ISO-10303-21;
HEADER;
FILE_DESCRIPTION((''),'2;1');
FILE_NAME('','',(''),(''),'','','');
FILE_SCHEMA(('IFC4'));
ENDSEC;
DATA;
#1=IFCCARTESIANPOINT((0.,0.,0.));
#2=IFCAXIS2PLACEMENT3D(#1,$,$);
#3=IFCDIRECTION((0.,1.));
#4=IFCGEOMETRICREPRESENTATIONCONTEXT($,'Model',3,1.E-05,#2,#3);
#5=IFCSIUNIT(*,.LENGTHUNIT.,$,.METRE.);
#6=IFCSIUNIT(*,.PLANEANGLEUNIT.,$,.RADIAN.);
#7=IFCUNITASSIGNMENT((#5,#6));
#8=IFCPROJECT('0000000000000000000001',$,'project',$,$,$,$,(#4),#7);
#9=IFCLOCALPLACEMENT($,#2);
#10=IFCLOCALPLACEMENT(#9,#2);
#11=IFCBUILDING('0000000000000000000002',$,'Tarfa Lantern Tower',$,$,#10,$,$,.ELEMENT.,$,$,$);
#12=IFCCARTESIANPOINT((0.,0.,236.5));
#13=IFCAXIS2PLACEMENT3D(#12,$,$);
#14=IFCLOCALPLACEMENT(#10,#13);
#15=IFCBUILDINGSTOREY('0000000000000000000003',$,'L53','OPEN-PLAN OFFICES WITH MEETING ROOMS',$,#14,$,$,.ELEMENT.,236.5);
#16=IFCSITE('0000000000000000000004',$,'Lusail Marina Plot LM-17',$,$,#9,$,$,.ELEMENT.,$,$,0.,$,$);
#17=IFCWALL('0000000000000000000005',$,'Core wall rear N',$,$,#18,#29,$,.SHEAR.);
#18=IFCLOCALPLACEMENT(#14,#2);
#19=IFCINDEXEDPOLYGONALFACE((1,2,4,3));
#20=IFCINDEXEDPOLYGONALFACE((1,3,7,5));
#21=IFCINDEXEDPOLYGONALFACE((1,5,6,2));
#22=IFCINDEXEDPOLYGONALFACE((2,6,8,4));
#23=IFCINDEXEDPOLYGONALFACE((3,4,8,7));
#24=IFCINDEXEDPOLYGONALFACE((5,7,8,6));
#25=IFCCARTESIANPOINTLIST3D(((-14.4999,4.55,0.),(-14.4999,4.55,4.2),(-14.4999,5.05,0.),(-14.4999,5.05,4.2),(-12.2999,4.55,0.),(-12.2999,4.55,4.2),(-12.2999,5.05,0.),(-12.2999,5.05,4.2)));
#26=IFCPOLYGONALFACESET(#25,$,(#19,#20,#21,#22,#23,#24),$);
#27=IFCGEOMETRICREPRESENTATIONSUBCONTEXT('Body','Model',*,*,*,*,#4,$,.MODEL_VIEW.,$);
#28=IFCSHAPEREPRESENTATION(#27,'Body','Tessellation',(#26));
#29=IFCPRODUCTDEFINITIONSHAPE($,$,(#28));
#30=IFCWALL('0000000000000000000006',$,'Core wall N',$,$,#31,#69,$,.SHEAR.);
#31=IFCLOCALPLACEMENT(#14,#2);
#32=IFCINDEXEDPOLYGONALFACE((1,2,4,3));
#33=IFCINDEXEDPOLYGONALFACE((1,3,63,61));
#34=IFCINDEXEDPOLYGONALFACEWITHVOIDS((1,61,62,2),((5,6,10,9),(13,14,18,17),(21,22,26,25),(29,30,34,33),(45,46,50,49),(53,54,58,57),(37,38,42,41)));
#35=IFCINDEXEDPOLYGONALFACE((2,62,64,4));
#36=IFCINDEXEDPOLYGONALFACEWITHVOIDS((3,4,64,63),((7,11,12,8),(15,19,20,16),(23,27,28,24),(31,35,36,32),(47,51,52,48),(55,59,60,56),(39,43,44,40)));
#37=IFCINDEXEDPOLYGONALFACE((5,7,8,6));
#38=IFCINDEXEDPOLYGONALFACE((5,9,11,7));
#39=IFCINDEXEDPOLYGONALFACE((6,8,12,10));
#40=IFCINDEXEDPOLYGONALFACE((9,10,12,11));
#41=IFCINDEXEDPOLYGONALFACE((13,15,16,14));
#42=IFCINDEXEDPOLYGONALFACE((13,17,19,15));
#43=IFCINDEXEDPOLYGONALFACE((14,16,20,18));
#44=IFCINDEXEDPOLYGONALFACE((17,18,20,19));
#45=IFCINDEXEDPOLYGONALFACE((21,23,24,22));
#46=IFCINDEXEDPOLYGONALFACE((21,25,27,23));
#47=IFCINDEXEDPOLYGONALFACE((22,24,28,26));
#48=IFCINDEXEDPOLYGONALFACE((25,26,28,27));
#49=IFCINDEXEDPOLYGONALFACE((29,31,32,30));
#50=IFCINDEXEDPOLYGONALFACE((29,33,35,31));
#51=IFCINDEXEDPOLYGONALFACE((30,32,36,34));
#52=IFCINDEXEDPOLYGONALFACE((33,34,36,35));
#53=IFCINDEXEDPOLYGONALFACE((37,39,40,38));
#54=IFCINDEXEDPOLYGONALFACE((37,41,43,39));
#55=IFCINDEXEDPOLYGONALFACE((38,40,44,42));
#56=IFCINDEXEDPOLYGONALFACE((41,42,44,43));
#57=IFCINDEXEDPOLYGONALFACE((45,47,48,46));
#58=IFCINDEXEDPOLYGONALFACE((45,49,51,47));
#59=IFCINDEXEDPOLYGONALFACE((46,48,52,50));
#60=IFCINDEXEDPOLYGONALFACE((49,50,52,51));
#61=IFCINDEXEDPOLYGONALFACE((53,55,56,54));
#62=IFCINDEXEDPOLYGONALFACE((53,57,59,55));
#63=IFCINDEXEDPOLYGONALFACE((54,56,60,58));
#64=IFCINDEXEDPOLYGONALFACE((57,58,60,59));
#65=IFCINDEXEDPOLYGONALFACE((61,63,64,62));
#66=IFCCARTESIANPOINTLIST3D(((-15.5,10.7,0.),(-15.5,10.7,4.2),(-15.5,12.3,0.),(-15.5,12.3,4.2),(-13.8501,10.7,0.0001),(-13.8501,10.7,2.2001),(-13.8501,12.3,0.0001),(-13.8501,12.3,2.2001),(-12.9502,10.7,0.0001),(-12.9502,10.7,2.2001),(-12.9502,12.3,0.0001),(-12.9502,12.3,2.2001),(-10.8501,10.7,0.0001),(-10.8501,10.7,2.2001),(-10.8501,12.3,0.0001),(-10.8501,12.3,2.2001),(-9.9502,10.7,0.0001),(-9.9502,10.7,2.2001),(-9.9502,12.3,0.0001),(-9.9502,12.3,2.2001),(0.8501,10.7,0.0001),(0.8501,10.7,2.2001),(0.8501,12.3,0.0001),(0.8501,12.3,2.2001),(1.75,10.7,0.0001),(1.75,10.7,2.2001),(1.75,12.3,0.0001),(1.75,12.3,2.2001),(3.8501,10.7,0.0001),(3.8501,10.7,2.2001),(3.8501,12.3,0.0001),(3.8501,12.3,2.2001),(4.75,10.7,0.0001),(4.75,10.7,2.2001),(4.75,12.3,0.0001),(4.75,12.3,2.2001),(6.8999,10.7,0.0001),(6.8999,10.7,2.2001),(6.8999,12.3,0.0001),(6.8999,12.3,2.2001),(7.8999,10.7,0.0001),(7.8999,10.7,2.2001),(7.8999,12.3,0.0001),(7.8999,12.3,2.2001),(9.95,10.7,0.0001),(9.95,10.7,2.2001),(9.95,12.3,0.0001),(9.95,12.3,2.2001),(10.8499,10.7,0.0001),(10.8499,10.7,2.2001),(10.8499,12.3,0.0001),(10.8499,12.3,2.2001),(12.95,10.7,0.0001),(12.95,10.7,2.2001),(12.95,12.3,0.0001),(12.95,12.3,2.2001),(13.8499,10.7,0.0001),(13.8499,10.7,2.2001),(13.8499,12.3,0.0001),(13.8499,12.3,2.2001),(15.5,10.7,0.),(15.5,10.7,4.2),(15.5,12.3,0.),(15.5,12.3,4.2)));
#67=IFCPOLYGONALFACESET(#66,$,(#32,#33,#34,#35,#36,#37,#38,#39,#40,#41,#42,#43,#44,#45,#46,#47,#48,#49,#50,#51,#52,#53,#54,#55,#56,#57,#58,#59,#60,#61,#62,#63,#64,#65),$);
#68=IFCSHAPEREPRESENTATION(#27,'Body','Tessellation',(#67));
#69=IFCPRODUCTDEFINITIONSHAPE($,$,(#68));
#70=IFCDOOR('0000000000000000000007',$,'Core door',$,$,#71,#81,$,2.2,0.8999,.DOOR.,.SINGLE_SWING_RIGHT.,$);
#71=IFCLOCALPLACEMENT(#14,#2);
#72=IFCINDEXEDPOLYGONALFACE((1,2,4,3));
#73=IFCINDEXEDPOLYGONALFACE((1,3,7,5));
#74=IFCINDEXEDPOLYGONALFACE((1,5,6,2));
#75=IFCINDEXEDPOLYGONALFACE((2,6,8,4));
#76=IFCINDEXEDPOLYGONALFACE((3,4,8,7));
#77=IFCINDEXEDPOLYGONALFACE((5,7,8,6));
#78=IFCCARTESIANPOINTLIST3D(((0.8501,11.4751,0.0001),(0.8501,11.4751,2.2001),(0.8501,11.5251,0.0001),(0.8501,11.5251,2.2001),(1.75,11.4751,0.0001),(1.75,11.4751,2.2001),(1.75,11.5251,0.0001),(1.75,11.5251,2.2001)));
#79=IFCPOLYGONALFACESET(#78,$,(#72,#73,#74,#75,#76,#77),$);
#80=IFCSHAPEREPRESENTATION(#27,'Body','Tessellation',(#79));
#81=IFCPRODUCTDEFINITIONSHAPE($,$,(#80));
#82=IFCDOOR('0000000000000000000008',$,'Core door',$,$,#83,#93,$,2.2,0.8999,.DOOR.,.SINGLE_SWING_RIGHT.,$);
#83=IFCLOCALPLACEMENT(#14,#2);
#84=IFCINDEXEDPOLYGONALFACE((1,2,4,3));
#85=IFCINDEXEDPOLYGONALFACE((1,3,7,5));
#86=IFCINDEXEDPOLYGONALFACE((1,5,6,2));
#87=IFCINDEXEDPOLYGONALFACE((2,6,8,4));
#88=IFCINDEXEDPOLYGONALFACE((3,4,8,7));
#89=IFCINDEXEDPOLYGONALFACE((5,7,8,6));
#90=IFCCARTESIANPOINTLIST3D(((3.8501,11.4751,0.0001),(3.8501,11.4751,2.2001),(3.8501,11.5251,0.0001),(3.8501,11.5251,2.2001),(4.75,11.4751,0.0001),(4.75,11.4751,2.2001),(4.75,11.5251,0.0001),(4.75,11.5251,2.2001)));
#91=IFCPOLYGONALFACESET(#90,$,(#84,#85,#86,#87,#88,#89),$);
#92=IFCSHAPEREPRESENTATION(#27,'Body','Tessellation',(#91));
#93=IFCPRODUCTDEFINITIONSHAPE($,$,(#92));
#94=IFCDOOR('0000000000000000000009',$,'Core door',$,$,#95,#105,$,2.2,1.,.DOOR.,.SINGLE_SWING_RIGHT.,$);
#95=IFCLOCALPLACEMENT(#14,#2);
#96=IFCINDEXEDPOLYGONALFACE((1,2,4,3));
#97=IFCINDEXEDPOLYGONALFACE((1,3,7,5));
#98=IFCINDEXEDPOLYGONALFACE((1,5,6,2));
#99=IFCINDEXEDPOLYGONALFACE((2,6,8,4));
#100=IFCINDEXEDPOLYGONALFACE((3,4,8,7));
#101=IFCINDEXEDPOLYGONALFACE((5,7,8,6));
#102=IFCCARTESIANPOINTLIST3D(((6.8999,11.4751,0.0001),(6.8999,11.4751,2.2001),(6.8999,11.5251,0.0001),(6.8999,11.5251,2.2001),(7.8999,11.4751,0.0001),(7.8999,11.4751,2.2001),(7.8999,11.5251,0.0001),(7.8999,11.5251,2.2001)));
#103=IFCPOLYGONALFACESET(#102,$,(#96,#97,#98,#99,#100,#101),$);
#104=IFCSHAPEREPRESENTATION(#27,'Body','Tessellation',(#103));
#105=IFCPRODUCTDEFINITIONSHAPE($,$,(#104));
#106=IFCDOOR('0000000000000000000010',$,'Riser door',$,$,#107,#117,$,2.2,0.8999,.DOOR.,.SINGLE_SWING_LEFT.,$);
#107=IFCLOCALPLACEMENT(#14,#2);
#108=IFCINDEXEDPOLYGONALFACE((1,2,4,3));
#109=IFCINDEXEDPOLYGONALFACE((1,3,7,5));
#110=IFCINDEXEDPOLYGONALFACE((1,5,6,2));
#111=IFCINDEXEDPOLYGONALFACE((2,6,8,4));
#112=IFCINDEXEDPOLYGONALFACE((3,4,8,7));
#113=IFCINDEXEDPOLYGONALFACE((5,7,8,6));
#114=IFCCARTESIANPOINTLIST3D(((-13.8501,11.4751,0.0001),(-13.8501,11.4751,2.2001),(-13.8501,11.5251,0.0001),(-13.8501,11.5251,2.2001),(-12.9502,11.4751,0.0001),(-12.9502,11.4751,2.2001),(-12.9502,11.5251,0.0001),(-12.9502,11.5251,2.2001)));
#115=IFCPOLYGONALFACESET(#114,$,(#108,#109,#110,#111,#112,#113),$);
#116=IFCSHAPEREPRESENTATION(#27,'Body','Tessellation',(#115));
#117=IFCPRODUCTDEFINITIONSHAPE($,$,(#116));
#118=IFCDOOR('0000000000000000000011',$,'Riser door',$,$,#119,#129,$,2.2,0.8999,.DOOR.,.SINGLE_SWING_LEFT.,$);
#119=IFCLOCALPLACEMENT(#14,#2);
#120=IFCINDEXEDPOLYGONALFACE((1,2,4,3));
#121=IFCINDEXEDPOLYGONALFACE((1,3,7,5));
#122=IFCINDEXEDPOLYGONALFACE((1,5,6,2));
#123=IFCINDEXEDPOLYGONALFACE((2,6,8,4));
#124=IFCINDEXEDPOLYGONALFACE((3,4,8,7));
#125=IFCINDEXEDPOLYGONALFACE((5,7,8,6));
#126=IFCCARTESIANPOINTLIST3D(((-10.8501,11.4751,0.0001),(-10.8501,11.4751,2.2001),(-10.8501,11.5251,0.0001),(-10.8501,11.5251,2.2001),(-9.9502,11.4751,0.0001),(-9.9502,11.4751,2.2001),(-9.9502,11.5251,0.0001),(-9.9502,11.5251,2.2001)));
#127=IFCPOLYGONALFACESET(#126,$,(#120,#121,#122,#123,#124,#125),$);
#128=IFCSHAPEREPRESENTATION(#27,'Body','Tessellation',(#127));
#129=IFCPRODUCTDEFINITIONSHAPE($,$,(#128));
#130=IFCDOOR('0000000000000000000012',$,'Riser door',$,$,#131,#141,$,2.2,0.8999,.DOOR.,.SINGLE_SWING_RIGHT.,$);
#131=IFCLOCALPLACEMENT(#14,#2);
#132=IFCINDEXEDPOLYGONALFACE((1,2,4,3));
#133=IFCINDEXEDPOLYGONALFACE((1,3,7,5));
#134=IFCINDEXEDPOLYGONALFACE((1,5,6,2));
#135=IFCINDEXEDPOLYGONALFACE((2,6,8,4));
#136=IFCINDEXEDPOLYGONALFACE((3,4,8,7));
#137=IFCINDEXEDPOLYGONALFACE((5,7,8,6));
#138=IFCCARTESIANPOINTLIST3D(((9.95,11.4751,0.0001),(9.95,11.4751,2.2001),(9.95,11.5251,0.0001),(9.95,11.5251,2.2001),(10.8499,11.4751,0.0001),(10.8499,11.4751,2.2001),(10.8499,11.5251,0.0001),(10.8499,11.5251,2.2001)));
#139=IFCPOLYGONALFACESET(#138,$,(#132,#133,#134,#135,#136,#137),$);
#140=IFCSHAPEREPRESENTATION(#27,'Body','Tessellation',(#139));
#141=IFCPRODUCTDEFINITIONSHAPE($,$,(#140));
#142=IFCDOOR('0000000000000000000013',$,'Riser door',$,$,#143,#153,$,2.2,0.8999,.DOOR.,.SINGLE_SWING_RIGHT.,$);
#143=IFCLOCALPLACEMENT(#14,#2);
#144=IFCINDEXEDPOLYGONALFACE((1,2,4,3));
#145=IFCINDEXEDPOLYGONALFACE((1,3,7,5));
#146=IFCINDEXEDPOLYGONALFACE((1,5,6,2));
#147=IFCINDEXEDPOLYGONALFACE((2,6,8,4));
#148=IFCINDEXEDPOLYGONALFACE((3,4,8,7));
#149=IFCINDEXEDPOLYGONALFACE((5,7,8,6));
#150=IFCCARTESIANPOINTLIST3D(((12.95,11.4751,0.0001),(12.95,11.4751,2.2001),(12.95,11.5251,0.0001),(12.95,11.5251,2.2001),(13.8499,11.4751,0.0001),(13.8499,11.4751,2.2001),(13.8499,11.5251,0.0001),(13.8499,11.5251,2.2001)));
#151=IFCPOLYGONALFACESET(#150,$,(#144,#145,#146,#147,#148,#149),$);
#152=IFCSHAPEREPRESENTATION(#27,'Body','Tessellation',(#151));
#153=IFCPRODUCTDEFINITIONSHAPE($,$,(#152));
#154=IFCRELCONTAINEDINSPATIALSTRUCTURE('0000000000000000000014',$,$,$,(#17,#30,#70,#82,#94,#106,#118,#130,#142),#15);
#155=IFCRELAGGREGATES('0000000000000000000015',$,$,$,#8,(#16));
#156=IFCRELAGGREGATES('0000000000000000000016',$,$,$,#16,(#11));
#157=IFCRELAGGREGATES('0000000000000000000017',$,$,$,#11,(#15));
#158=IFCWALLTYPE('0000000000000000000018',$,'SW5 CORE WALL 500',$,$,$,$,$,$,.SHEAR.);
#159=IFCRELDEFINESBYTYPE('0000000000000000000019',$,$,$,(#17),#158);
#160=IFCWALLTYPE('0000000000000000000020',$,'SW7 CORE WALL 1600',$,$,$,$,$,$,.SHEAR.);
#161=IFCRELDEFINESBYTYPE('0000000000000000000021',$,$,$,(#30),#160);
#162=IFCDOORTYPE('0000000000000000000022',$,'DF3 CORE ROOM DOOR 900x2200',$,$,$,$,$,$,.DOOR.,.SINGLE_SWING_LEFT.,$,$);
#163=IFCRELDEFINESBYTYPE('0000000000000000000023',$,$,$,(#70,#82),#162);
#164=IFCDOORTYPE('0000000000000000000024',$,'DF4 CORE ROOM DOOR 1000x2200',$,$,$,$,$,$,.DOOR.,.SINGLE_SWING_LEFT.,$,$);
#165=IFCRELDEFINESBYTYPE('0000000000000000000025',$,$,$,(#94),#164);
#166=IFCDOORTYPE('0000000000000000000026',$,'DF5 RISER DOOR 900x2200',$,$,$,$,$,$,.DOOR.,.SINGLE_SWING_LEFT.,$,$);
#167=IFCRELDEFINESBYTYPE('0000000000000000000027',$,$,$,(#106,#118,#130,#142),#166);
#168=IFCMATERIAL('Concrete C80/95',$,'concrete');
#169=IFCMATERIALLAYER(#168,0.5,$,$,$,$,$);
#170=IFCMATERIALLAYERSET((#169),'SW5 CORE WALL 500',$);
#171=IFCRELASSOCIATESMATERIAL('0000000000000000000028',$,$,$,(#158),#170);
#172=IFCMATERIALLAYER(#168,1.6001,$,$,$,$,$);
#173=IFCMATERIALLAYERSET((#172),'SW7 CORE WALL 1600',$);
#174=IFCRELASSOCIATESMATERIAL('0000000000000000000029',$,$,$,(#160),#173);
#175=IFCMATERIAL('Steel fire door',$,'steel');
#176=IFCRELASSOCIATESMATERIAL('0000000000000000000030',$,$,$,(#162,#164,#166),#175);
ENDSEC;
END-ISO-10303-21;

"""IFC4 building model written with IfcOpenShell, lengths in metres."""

from ifc_helpers import new_model, si_unit, direction, frame, frame_2d, origin, place, context, subcontext, project, spatial, rectangle, extrude, material, layer, layer_set, type_object, element, fill, save


model = new_model("IFC4")

# Units and contexts
model_context = context("Model", 3, precision=1e-05, world=origin(), true_north=direction((0.0, 1.0)))
body_context = subcontext(model_context, "Body", "Model", "MODEL_VIEW")
ifc_project = project(units=[si_unit("LENGTHUNIT", "METRE"), si_unit("PLANEANGLEUNIT", "RADIAN")], contexts=[model_context])

# Site, building, storey
site_placement = place(None, origin())
site = spatial("IfcSite", under=ifc_project, at=site_placement, Name="Lusail Marina Plot LM-17", CompositionType="ELEMENT", RefElevation=0.0)
building_placement = place(site_placement, origin())
building = spatial("IfcBuilding", under=site, at=building_placement, Name="Tarfa Lantern Tower", CompositionType="ELEMENT")
storey_placement = place(building_placement, frame((0.0, 0.0, 236.5)))
storey = spatial("IfcBuildingStorey", under=building, at=storey_placement, Name="L53", Description="OPEN-PLAN OFFICES WITH MEETING ROOMS", CompositionType="ELEMENT", Elevation=236.5)

# Shared definitions
ifc_material_1 = material(Name="Concrete C80/95", Category="concrete")
ifc_material_2 = material(Name="Steel fire door", Category="steel")

# Wall
ifc_layer_1 = layer(ifc_material_1, 0.5)
ifc_layer_set_1 = layer_set([ifc_layer_1], Name="SW5 CORE WALL 500")
wall_type_1 = type_object("IfcWallType", Name="SW5 CORE WALL 500", PredefinedType="SHEAR", material=ifc_layer_set_1)
wall_1_placement = place(storey_placement, frame((-14.5, 4.8, 0.0), z_axis=(0.0, 0.0, 1.0), x_axis=(1.0, 0.0, 0.0)))
element("IfcWall", 1, at=wall_1_placement, inside=storey, type_object=wall_type_1, Name="Core wall rear N", PredefinedType="SHEAR", context=body_context, shape_type="SweptSolid", body=[
    extrude(rectangle(XDim=2.2, YDim=0.5, at=frame_2d((1.1001, 0.0))), origin(), (0.0, 0.0, 1.0), 4.2),
])

# Wall, openings, doors
ifc_layer_2 = layer(ifc_material_1, 1.6001)
ifc_layer_set_2 = layer_set([ifc_layer_2], Name="SW7 CORE WALL 1600")
wall_type_2 = type_object("IfcWallType", Name="SW7 CORE WALL 1600", PredefinedType="SHEAR", material=ifc_layer_set_2)
wall_2_placement = place(storey_placement, frame((-15.5, 11.5, 0.0), z_axis=(0.0, 0.0, 1.0), x_axis=(1.0, 0.0, 0.0)))
wall_2 = element("IfcWall", 2, at=wall_2_placement, inside=storey, type_object=wall_type_2, Name="Core wall N", PredefinedType="SHEAR", context=body_context, shape_type="SweptSolid", body=[
    extrude(rectangle(XDim=31.0, YDim=1.6001, at=frame_2d((15.5, 0.0))), origin(), (0.0, 0.0, 1.0), 4.2),
])
opening_1_placement = place(wall_2_placement, frame((16.3501, 0.0, 0.0)))
opening_1 = element("IfcOpeningElement", 3, at=opening_1_placement, cuts=wall_2, PredefinedType="OPENING", context=body_context, shape_type="SweptSolid", body=[
    extrude(rectangle(XDim=0.8999, YDim=2.2, at=frame_2d((0.45, 1.1001))), frame((0.0, 0.8101, 0.0), z_axis=(0.0, -1.0, 0.0), x_axis=(1.0, 0.0, 0.0)), (0.0, 0.0, 1.0), 1.6201),
])
opening_2_placement = place(wall_2_placement, frame((19.3501, 0.0, 0.0)))
opening_2 = element("IfcOpeningElement", 4, at=opening_2_placement, cuts=wall_2, PredefinedType="OPENING", context=body_context, shape_type="SweptSolid", body=[
    extrude(rectangle(XDim=0.8999, YDim=2.2, at=frame_2d((0.45, 1.1001))), frame((0.0, 0.8101, 0.0), z_axis=(0.0, -1.0, 0.0), x_axis=(1.0, 0.0, 0.0)), (0.0, 0.0, 1.0), 1.6201),
])
opening_3_placement = place(wall_2_placement, frame((22.3999, 0.0, 0.0)))
opening_3 = element("IfcOpeningElement", 5, at=opening_3_placement, cuts=wall_2, PredefinedType="OPENING", context=body_context, shape_type="SweptSolid", body=[
    extrude(rectangle(XDim=1.0, YDim=2.2, at=frame_2d((0.5, 1.1001))), frame((0.0, 0.8101, 0.0), z_axis=(0.0, -1.0, 0.0), x_axis=(1.0, 0.0, 0.0)), (0.0, 0.0, 1.0), 1.6201),
])
opening_4_placement = place(wall_2_placement, frame((1.6499, 0.0, 0.0)))
opening_4 = element("IfcOpeningElement", 6, at=opening_4_placement, cuts=wall_2, PredefinedType="OPENING", context=body_context, shape_type="SweptSolid", body=[
    extrude(rectangle(XDim=0.8999, YDim=2.2, at=frame_2d((0.45, 1.1001))), frame((0.0, 0.8101, 0.0), z_axis=(0.0, -1.0, 0.0), x_axis=(1.0, 0.0, 0.0)), (0.0, 0.0, 1.0), 1.6201),
])
opening_5_placement = place(wall_2_placement, frame((4.6499, 0.0, 0.0)))
opening_5 = element("IfcOpeningElement", 7, at=opening_5_placement, cuts=wall_2, PredefinedType="OPENING", context=body_context, shape_type="SweptSolid", body=[
    extrude(rectangle(XDim=0.8999, YDim=2.2, at=frame_2d((0.45, 1.1001))), frame((0.0, 0.8101, 0.0), z_axis=(0.0, -1.0, 0.0), x_axis=(1.0, 0.0, 0.0)), (0.0, 0.0, 1.0), 1.6201),
])
opening_6_placement = place(wall_2_placement, frame((25.45, 0.0, 0.0)))
opening_6 = element("IfcOpeningElement", 8, at=opening_6_placement, cuts=wall_2, PredefinedType="OPENING", context=body_context, shape_type="SweptSolid", body=[
    extrude(rectangle(XDim=0.8999, YDim=2.2, at=frame_2d((0.45, 1.1001))), frame((0.0, 0.8101, 0.0), z_axis=(0.0, -1.0, 0.0), x_axis=(1.0, 0.0, 0.0)), (0.0, 0.0, 1.0), 1.6201),
])
opening_7_placement = place(wall_2_placement, frame((28.45, 0.0, 0.0)))
opening_7 = element("IfcOpeningElement", 9, at=opening_7_placement, cuts=wall_2, PredefinedType="OPENING", context=body_context, shape_type="SweptSolid", body=[
    extrude(rectangle(XDim=0.8999, YDim=2.2, at=frame_2d((0.45, 1.1001))), frame((0.0, 0.8101, 0.0), z_axis=(0.0, -1.0, 0.0), x_axis=(1.0, 0.0, 0.0)), (0.0, 0.0, 1.0), 1.6201),
])
door_type_1 = type_object("IfcDoorType", Name="DF3 CORE ROOM DOOR 900x2200", OperationType="SINGLE_SWING_LEFT", PredefinedType="DOOR", material=ifc_material_2)
door_1_placement = place(opening_1_placement, frame((0.8999, 0.0, 0.0), z_axis=(0.0, 0.0, 1.0), x_axis=(-1.0, 0.0, 0.0)))
door_1 = element("IfcDoor", 10, at=door_1_placement, inside=storey, type_object=door_type_1, Name="Core door", OperationType="SINGLE_SWING_RIGHT", OverallHeight=2.2, OverallWidth=0.8999, PredefinedType="DOOR", context=body_context, shape_type="SweptSolid", body=[
    extrude(rectangle(XDim=0.8999, YDim=2.2, at=frame_2d((0.45, 1.1001))), frame((0.0, 0.0249, 0.0), z_axis=(0.0, -1.0, 0.0), x_axis=(1.0, 0.0, 0.0)), (0.0, 0.0, 1.0), 0.05),
])
fill(opening_1, door_1)
door_2_placement = place(opening_2_placement, frame((0.8999, 0.0, 0.0), z_axis=(0.0, 0.0, 1.0), x_axis=(-1.0, 0.0, 0.0)))
door_2 = element("IfcDoor", 11, at=door_2_placement, inside=storey, type_object=door_type_1, Name="Core door", OperationType="SINGLE_SWING_RIGHT", OverallHeight=2.2, OverallWidth=0.8999, PredefinedType="DOOR", context=body_context, shape_type="SweptSolid", body=[
    extrude(rectangle(XDim=0.8999, YDim=2.2, at=frame_2d((0.45, 1.1001))), frame((0.0, 0.0249, 0.0), z_axis=(0.0, -1.0, 0.0), x_axis=(1.0, 0.0, 0.0)), (0.0, 0.0, 1.0), 0.05),
])
fill(opening_2, door_2)
door_type_2 = type_object("IfcDoorType", Name="DF4 CORE ROOM DOOR 1000x2200", OperationType="SINGLE_SWING_LEFT", PredefinedType="DOOR", material=ifc_material_2)
door_3_placement = place(opening_3_placement, frame((1.0, 0.0, 0.0), z_axis=(0.0, 0.0, 1.0), x_axis=(-1.0, 0.0, 0.0)))
door_3 = element("IfcDoor", 12, at=door_3_placement, inside=storey, type_object=door_type_2, Name="Core door", OperationType="SINGLE_SWING_RIGHT", OverallHeight=2.2, OverallWidth=1.0, PredefinedType="DOOR", context=body_context, shape_type="SweptSolid", body=[
    extrude(rectangle(XDim=1.0, YDim=2.2, at=frame_2d((0.5, 1.1001))), frame((0.0, 0.0249, 0.0), z_axis=(0.0, -1.0, 0.0), x_axis=(1.0, 0.0, 0.0)), (0.0, 0.0, 1.0), 0.05),
])
fill(opening_3, door_3)
door_type_3 = type_object("IfcDoorType", Name="DF5 RISER DOOR 900x2200", OperationType="SINGLE_SWING_LEFT", PredefinedType="DOOR", material=ifc_material_2)
door_4_placement = place(opening_4_placement, frame((0.8999, 0.0, 0.0), z_axis=(0.0, 0.0, 1.0), x_axis=(-1.0, 0.0, 0.0)))
door_4 = element("IfcDoor", 13, at=door_4_placement, inside=storey, type_object=door_type_3, Name="Riser door", OperationType="SINGLE_SWING_LEFT", OverallHeight=2.2, OverallWidth=0.8999, PredefinedType="DOOR", context=body_context, shape_type="SweptSolid", body=[
    extrude(rectangle(XDim=0.8999, YDim=2.2, at=frame_2d((0.45, 1.1001))), frame((0.0, 0.0249, 0.0), z_axis=(0.0, -1.0, 0.0), x_axis=(1.0, 0.0, 0.0)), (0.0, 0.0, 1.0), 0.05),
])
fill(opening_4, door_4)
door_5_placement = place(opening_5_placement, frame((0.8999, 0.0, 0.0), z_axis=(0.0, 0.0, 1.0), x_axis=(-1.0, 0.0, 0.0)))
door_5 = element("IfcDoor", 14, at=door_5_placement, inside=storey, type_object=door_type_3, Name="Riser door", OperationType="SINGLE_SWING_LEFT", OverallHeight=2.2, OverallWidth=0.8999, PredefinedType="DOOR", context=body_context, shape_type="SweptSolid", body=[
    extrude(rectangle(XDim=0.8999, YDim=2.2, at=frame_2d((0.45, 1.1001))), frame((0.0, 0.0249, 0.0), z_axis=(0.0, -1.0, 0.0), x_axis=(1.0, 0.0, 0.0)), (0.0, 0.0, 1.0), 0.05),
])
fill(opening_5, door_5)
door_6_placement = place(opening_6_placement, frame((0.8999, 0.0, 0.0), z_axis=(0.0, 0.0, 1.0), x_axis=(-1.0, 0.0, 0.0)))
door_6 = element("IfcDoor", 15, at=door_6_placement, inside=storey, type_object=door_type_3, Name="Riser door", OperationType="SINGLE_SWING_RIGHT", OverallHeight=2.2, OverallWidth=0.8999, PredefinedType="DOOR", context=body_context, shape_type="SweptSolid", body=[
    extrude(rectangle(XDim=0.8999, YDim=2.2, at=frame_2d((0.45, 1.1001))), frame((0.0, 0.0249, 0.0), z_axis=(0.0, -1.0, 0.0), x_axis=(1.0, 0.0, 0.0)), (0.0, 0.0, 1.0), 0.05),
])
fill(opening_6, door_6)
door_7_placement = place(opening_7_placement, frame((0.8999, 0.0, 0.0), z_axis=(0.0, 0.0, 1.0), x_axis=(-1.0, 0.0, 0.0)))
door_7 = element("IfcDoor", 16, at=door_7_placement, inside=storey, type_object=door_type_3, Name="Riser door", OperationType="SINGLE_SWING_RIGHT", OverallHeight=2.2, OverallWidth=0.8999, PredefinedType="DOOR", context=body_context, shape_type="SweptSolid", body=[
    extrude(rectangle(XDim=0.8999, YDim=2.2, at=frame_2d((0.45, 1.1001))), frame((0.0, 0.0249, 0.0), z_axis=(0.0, -1.0, 0.0), x_axis=(1.0, 0.0, 0.0)), (0.0, 0.0, 1.0), 0.05),
])
fill(opening_7, door_7)

save(model, "model.ifc")
